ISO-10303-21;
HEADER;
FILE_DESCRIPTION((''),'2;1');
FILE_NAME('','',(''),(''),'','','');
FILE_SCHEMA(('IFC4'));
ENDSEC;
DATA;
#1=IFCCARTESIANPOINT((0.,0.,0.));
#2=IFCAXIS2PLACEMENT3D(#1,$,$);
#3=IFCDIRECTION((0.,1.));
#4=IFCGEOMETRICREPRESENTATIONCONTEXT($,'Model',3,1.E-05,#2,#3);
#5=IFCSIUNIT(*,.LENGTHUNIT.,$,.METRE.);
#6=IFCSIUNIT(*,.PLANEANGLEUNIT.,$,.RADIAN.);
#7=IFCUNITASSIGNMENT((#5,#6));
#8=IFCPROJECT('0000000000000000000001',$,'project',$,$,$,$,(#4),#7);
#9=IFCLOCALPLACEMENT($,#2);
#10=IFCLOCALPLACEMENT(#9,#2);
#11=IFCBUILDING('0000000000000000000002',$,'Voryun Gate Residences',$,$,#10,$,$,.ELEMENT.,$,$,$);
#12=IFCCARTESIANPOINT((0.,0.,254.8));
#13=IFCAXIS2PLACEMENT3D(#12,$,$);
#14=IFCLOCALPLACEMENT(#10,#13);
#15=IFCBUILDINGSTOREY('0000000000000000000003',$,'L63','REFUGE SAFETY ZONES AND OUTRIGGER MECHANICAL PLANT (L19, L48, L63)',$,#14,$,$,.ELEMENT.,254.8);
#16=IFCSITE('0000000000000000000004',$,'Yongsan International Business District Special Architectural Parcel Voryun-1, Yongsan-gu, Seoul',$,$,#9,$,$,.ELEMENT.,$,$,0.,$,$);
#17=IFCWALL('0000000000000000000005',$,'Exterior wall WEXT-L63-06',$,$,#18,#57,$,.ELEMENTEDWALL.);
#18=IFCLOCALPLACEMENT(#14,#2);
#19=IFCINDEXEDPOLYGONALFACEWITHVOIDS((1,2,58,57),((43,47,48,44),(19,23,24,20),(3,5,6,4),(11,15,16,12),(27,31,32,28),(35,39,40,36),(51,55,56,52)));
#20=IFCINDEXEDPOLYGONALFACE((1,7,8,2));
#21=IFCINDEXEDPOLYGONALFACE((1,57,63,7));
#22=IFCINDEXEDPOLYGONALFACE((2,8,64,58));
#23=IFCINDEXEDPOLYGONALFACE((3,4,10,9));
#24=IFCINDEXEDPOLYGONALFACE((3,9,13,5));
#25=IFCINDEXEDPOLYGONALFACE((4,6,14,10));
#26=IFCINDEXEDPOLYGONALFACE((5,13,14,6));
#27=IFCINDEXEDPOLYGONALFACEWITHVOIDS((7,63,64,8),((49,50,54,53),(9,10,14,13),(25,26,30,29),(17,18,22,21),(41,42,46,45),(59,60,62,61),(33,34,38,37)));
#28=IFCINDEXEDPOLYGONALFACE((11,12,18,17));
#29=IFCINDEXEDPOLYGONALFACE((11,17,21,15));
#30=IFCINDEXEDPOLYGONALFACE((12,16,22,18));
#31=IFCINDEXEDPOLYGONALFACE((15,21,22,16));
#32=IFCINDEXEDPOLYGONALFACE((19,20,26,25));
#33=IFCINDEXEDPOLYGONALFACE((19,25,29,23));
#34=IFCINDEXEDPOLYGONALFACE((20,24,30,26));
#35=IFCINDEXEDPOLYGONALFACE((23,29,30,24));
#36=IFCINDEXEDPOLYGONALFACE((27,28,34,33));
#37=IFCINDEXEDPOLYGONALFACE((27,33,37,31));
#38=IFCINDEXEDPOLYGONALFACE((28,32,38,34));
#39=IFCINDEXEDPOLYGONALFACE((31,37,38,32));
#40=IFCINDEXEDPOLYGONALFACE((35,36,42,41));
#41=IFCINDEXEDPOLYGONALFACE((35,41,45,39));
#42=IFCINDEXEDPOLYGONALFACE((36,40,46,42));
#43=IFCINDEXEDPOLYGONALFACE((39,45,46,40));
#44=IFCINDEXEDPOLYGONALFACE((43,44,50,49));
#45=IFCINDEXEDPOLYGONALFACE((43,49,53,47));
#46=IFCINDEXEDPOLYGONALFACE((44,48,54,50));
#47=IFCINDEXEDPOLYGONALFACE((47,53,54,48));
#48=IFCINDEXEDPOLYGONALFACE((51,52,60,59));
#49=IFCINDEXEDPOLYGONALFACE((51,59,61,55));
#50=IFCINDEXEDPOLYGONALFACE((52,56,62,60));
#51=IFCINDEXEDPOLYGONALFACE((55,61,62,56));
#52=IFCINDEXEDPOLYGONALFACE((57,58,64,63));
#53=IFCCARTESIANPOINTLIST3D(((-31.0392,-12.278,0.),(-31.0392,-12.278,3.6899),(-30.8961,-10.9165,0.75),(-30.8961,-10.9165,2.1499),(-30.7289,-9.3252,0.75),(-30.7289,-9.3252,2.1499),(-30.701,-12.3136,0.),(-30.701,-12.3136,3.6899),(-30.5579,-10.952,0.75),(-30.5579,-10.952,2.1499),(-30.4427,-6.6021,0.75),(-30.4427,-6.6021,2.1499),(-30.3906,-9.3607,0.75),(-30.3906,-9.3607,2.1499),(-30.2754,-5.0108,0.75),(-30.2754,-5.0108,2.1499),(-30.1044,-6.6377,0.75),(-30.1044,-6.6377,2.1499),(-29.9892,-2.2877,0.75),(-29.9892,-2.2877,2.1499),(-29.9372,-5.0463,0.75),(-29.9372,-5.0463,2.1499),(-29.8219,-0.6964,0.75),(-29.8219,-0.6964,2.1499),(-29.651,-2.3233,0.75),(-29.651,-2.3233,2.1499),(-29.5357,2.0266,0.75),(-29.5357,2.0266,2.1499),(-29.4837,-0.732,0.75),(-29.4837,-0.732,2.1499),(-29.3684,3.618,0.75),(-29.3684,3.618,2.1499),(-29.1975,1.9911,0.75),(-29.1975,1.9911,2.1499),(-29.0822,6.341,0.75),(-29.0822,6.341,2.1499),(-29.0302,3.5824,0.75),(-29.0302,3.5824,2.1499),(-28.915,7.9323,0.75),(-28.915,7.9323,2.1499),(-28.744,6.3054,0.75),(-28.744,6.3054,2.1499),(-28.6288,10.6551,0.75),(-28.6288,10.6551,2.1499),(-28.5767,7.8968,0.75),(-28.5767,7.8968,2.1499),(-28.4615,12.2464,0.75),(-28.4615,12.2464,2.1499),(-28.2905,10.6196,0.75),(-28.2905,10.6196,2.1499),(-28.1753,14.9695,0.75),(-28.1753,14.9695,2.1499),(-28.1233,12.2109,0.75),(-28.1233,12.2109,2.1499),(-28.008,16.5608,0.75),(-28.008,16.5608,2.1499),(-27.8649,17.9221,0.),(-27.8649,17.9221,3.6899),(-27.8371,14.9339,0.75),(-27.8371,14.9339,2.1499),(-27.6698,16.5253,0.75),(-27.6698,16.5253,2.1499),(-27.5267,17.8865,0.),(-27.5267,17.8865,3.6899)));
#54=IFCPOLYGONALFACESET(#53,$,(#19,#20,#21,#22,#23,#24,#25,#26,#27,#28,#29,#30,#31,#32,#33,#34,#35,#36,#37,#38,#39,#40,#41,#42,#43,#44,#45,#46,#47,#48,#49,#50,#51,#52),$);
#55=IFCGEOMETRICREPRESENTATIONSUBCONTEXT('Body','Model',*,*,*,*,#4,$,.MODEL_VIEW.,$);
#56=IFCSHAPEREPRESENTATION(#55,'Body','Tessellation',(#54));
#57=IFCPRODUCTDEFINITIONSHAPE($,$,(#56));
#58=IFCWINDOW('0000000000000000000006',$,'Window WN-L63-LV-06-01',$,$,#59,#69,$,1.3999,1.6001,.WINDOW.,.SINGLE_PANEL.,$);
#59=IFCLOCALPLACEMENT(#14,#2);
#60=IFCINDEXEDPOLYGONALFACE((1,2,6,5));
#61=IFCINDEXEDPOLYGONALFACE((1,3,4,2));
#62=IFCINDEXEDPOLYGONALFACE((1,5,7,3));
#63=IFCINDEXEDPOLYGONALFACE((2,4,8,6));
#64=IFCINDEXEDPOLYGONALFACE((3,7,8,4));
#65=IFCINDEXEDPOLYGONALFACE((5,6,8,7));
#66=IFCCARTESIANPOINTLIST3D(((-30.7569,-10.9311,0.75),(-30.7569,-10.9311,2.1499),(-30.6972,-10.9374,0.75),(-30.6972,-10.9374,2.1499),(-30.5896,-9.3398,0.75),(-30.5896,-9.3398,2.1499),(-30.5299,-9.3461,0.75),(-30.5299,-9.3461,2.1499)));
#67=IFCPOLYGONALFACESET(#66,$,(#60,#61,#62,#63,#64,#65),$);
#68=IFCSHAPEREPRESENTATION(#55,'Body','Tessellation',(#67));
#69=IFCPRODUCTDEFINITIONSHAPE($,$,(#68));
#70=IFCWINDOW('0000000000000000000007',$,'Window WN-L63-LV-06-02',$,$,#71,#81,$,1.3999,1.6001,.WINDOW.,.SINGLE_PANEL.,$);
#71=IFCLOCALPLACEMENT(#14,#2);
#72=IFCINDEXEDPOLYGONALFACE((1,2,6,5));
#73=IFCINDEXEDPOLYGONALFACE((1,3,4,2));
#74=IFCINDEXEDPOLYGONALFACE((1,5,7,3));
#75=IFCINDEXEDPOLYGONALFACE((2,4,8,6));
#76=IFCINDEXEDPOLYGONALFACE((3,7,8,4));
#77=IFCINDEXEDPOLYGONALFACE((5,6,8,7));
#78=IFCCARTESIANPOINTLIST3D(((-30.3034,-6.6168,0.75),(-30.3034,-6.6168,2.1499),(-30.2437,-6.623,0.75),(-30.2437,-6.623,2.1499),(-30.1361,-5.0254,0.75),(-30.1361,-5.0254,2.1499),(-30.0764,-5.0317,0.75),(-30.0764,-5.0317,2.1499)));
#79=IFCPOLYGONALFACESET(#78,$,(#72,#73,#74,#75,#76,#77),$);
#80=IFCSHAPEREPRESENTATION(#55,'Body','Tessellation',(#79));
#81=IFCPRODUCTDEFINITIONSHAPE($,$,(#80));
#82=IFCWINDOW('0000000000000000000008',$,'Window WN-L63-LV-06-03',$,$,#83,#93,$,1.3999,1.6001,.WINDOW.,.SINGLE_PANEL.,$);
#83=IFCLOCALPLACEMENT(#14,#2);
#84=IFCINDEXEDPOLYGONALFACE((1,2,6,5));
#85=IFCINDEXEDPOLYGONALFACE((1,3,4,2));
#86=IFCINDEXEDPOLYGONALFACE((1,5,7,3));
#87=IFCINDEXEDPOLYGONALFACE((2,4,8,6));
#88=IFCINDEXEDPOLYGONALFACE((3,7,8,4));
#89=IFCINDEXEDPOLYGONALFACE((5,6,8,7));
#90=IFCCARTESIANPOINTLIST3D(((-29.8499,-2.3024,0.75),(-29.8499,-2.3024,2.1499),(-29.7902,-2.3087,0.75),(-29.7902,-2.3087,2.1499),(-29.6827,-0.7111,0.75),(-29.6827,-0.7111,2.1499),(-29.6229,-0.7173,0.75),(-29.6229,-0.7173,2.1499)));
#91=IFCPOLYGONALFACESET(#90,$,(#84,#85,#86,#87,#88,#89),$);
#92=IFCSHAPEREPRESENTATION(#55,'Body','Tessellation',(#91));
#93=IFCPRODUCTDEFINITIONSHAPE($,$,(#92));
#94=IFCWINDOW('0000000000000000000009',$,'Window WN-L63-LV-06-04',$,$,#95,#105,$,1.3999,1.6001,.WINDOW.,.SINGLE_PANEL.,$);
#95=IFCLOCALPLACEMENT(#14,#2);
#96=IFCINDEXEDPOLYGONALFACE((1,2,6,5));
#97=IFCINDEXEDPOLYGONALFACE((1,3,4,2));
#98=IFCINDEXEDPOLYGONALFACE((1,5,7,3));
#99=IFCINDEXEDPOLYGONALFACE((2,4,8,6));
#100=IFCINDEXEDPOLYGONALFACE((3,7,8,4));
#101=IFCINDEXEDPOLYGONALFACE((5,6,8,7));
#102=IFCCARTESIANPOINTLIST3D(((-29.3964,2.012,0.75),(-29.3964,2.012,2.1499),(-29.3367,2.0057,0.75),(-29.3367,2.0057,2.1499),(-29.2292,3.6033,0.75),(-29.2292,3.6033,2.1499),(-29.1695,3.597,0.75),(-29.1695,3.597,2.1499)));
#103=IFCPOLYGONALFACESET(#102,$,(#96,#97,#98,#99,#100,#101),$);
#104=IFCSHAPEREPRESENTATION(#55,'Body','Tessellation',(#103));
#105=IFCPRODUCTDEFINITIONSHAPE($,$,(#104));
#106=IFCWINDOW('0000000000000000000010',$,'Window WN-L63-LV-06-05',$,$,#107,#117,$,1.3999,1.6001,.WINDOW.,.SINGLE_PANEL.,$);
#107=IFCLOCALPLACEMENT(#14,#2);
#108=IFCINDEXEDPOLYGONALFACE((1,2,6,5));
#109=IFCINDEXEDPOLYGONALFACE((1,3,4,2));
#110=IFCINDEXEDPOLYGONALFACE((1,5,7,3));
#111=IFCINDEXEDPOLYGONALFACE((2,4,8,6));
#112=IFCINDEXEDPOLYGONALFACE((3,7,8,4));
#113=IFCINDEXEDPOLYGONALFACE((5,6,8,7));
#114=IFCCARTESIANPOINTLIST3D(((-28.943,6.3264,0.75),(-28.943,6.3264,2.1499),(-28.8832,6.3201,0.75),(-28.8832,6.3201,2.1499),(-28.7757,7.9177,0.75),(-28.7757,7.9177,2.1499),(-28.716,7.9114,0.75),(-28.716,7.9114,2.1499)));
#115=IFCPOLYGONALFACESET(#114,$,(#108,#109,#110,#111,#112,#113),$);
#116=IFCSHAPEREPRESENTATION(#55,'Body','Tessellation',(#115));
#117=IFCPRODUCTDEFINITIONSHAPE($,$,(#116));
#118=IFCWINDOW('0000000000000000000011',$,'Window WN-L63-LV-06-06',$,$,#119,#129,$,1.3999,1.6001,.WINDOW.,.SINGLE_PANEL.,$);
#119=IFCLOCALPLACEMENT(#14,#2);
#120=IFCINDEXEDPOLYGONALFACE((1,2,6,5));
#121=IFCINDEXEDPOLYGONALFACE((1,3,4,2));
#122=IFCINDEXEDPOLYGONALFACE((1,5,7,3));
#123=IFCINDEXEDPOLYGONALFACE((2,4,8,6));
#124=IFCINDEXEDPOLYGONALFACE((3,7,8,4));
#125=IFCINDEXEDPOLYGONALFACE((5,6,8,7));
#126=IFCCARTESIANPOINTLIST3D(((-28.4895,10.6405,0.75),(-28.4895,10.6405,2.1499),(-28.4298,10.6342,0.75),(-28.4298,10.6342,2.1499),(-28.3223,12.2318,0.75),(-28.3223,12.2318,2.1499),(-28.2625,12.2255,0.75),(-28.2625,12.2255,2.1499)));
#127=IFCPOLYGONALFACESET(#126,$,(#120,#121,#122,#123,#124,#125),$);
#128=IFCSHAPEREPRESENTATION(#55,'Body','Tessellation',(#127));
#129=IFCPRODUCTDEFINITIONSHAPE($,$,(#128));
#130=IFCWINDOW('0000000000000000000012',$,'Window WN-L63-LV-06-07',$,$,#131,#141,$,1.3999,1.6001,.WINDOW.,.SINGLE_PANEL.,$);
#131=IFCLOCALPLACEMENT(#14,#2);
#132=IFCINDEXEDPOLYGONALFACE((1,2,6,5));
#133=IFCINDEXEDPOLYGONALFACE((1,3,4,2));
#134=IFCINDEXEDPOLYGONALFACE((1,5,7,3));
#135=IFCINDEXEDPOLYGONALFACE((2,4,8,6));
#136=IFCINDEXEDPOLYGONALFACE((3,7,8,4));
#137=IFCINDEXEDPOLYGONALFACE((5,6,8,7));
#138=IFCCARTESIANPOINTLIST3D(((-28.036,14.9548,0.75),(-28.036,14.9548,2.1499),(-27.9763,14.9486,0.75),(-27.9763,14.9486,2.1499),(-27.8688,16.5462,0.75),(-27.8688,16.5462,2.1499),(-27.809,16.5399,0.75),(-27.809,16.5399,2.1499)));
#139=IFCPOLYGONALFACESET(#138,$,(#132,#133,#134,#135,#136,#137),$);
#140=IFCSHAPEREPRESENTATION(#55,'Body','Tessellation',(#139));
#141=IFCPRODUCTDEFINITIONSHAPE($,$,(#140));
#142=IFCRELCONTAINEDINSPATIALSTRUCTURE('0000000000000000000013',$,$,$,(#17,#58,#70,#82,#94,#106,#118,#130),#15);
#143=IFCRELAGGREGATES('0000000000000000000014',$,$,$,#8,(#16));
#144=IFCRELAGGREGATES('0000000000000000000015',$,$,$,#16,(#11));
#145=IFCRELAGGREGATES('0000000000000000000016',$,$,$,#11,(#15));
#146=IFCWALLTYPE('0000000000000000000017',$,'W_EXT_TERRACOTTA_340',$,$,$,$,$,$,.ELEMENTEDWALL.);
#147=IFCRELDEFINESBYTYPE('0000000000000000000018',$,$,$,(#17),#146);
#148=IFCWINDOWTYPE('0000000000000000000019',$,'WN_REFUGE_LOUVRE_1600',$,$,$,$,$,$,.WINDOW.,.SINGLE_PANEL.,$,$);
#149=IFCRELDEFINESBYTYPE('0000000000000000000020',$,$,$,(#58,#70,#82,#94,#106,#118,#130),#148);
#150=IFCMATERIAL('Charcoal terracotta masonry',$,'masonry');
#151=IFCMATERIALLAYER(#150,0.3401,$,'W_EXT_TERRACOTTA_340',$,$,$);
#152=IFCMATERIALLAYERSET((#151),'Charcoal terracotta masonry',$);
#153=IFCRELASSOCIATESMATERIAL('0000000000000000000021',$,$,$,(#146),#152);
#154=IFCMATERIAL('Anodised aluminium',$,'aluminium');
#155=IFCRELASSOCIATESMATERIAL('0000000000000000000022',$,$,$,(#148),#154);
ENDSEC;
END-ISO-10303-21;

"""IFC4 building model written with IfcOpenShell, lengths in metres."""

from ifc_helpers import new_model, si_unit, direction, frame, frame_2d, origin, place, context, subcontext, project, spatial, rectangle, extrude, material, layer, layer_set, type_object, element, fill, save


model = new_model("IFC4")

# Units and contexts
model_context = context("Model", 3, precision=1e-05, world=origin(), true_north=direction((0.0, 1.0)))
body_context = subcontext(model_context, "Body", "Model", "MODEL_VIEW")
ifc_project = project(units=[si_unit("LENGTHUNIT", "METRE"), si_unit("PLANEANGLEUNIT", "RADIAN")], contexts=[model_context])

# Site, building, storey
site_placement = place(None, origin())
site = spatial("IfcSite", under=ifc_project, at=site_placement, Name="Yongsan International Business District Special Architectural Parcel Voryun-1, Yongsan-gu, Seoul", CompositionType="ELEMENT", RefElevation=0.0)
building_placement = place(site_placement, origin())
building = spatial("IfcBuilding", under=site, at=building_placement, Name="Voryun Gate Residences", CompositionType="ELEMENT")
storey_placement = place(building_placement, frame((0.0, 0.0, 254.8)))
storey = spatial("IfcBuildingStorey", under=building, at=storey_placement, Name="L63", Description="REFUGE SAFETY ZONES AND OUTRIGGER MECHANICAL PLANT (L19, L48, L63)", CompositionType="ELEMENT", Elevation=254.8)

# Shared definitions
ifc_material_1 = material(Name="Charcoal terracotta masonry", Category="masonry")
ifc_layer_1 = layer(ifc_material_1, 0.3401, Name="W_EXT_TERRACOTTA_340")
ifc_layer_set_1 = layer_set([ifc_layer_1], Name="Charcoal terracotta masonry")
wall_type_1 = type_object("IfcWallType", Name="W_EXT_TERRACOTTA_340", PredefinedType="ELEMENTEDWALL", material=ifc_layer_set_1)

# Wall, openings, windows
wall_1_placement = place(storey_placement, frame((-30.8701, -12.2957, 0.0), z_axis=(0.0, 0.0, 1.0), x_axis=(0.104533, 0.994521, 0.0)))
wall_1 = element("IfcWall", 1, at=wall_1_placement, inside=storey, type_object=wall_type_1, Name="Exterior wall WEXT-L63-06", PredefinedType="ELEMENTEDWALL", context=body_context, shape_type="SweptSolid", body=[
    extrude(rectangle(XDim=30.3665, YDim=0.3401, at=frame_2d((15.1831, 0.0))), origin(), (0.0, 0.0, 1.0), 3.6899),
])
opening_1_placement = place(wall_1_placement, frame((1.3689, 0.0, 0.75)))
opening_1 = element("IfcOpeningElement", 2, at=opening_1_placement, cuts=wall_1, PredefinedType="OPENING", context=body_context, shape_type="SweptSolid", body=[
    extrude(rectangle(XDim=1.6001, YDim=1.3999, at=frame_2d((0.8, 0.7))), frame((0.0, 0.1799, 0.0), z_axis=(0.0, -1.0, 0.0), x_axis=(1.0, 0.0, 0.0)), (0.0, 0.0, 1.0), 0.3601),
])
opening_2_placement = place(wall_1_placement, frame((5.707, 0.0, 0.75)))
opening_2 = element("IfcOpeningElement", 3, at=opening_2_placement, cuts=wall_1, PredefinedType="OPENING", context=body_context, shape_type="SweptSolid", body=[
    extrude(rectangle(XDim=1.6001, YDim=1.3999, at=frame_2d((0.8, 0.7))), frame((0.0, 0.1799, 0.0), z_axis=(0.0, -1.0, 0.0), x_axis=(1.0, 0.0, 0.0)), (0.0, 0.0, 1.0), 0.3601),
])
opening_3_placement = place(wall_1_placement, frame((10.0452, 0.0, 0.75)))
opening_3 = element("IfcOpeningElement", 4, at=opening_3_placement, cuts=wall_1, PredefinedType="OPENING", context=body_context, shape_type="SweptSolid", body=[
    extrude(rectangle(XDim=1.6001, YDim=1.3999, at=frame_2d((0.8, 0.7))), frame((0.0, 0.1799, 0.0), z_axis=(0.0, -1.0, 0.0), x_axis=(1.0, 0.0, 0.0)), (0.0, 0.0, 1.0), 0.3601),
])
opening_4_placement = place(wall_1_placement, frame((14.3833, 0.0, 0.75)))
opening_4 = element("IfcOpeningElement", 5, at=opening_4_placement, cuts=wall_1, PredefinedType="OPENING", context=body_context, shape_type="SweptSolid", body=[
    extrude(rectangle(XDim=1.6001, YDim=1.3999, at=frame_2d((0.8, 0.7))), frame((0.0, 0.1799, 0.0), z_axis=(0.0, -1.0, 0.0), x_axis=(1.0, 0.0, 0.0)), (0.0, 0.0, 1.0), 0.3601),
])
opening_5_placement = place(wall_1_placement, frame((18.7214, 0.0, 0.75)))
opening_5 = element("IfcOpeningElement", 6, at=opening_5_placement, cuts=wall_1, PredefinedType="OPENING", context=body_context, shape_type="SweptSolid", body=[
    extrude(rectangle(XDim=1.6001, YDim=1.3999, at=frame_2d((0.8, 0.7))), frame((0.0, 0.1799, 0.0), z_axis=(0.0, -1.0, 0.0), x_axis=(1.0, 0.0, 0.0)), (0.0, 0.0, 1.0), 0.3601),
])
opening_6_placement = place(wall_1_placement, frame((23.0593, 0.0, 0.75)))
opening_6 = element("IfcOpeningElement", 7, at=opening_6_placement, cuts=wall_1, PredefinedType="OPENING", context=body_context, shape_type="SweptSolid", body=[
    extrude(rectangle(XDim=1.6001, YDim=1.3999, at=frame_2d((0.8, 0.7))), frame((0.0, 0.1799, 0.0), z_axis=(0.0, -1.0, 0.0), x_axis=(1.0, 0.0, 0.0)), (0.0, 0.0, 1.0), 0.3601),
])
opening_7_placement = place(wall_1_placement, frame((27.3975, 0.0, 0.75)))
opening_7 = element("IfcOpeningElement", 8, at=opening_7_placement, cuts=wall_1, PredefinedType="OPENING", context=body_context, shape_type="SweptSolid", body=[
    extrude(rectangle(XDim=1.6001, YDim=1.3999, at=frame_2d((0.8, 0.7))), frame((0.0, 0.1799, 0.0), z_axis=(0.0, -1.0, 0.0), x_axis=(1.0, 0.0, 0.0)), (0.0, 0.0, 1.0), 0.3601),
])
ifc_material_2 = material(Name="Anodised aluminium", Category="aluminium")
window_type = type_object("IfcWindowType", Name="WN_REFUGE_LOUVRE_1600", PartitioningType="SINGLE_PANEL", PredefinedType="WINDOW", material=ifc_material_2)
window_1_placement = place(opening_1_placement, origin())
window_1 = element("IfcWindow", 9, at=window_1_placement, inside=storey, type_object=window_type, Name="Window WN-L63-LV-06-01", OverallHeight=1.3999, OverallWidth=1.6001, PartitioningType="SINGLE_PANEL", PredefinedType="WINDOW", context=body_context, shape_type="SweptSolid", body=[
    extrude(rectangle(XDim=1.6001, YDim=1.3999, at=frame_2d((0.8, 0.7))), frame((0.0, 0.03, 0.0), z_axis=(0.0, -1.0, 0.0), x_axis=(1.0, 0.0, 0.0)), (0.0, 0.0, 1.0), 0.0601),
])
fill(opening_1, window_1)
window_2_placement = place(opening_2_placement, origin())
window_2 = element("IfcWindow", 10, at=window_2_placement, inside=storey, type_object=window_type, Name="Window WN-L63-LV-06-02", OverallHeight=1.3999, OverallWidth=1.6001, PartitioningType="SINGLE_PANEL", PredefinedType="WINDOW", context=body_context, shape_type="SweptSolid", body=[
    extrude(rectangle(XDim=1.6001, YDim=1.3999, at=frame_2d((0.8, 0.7))), frame((0.0, 0.03, 0.0), z_axis=(0.0, -1.0, 0.0), x_axis=(1.0, 0.0, 0.0)), (0.0, 0.0, 1.0), 0.0601),
])
fill(opening_2, window_2)
window_3_placement = place(opening_3_placement, origin())
window_3 = element("IfcWindow", 11, at=window_3_placement, inside=storey, type_object=window_type, Name="Window WN-L63-LV-06-03", OverallHeight=1.3999, OverallWidth=1.6001, PartitioningType="SINGLE_PANEL", PredefinedType="WINDOW", context=body_context, shape_type="SweptSolid", body=[
    extrude(rectangle(XDim=1.6001, YDim=1.3999, at=frame_2d((0.8, 0.7))), frame((0.0, 0.03, 0.0), z_axis=(0.0, -1.0, 0.0), x_axis=(1.0, 0.0, 0.0)), (0.0, 0.0, 1.0), 0.0601),
])
fill(opening_3, window_3)
window_4_placement = place(opening_4_placement, origin())
window_4 = element("IfcWindow", 12, at=window_4_placement, inside=storey, type_object=window_type, Name="Window WN-L63-LV-06-04", OverallHeight=1.3999, OverallWidth=1.6001, PartitioningType="SINGLE_PANEL", PredefinedType="WINDOW", context=body_context, shape_type="SweptSolid", body=[
    extrude(rectangle(XDim=1.6001, YDim=1.3999, at=frame_2d((0.8, 0.7))), frame((0.0, 0.03, 0.0), z_axis=(0.0, -1.0, 0.0), x_axis=(1.0, 0.0, 0.0)), (0.0, 0.0, 1.0), 0.0601),
])
fill(opening_4, window_4)
window_5_placement = place(opening_5_placement, origin())
window_5 = element("IfcWindow", 13, at=window_5_placement, inside=storey, type_object=window_type, Name="Window WN-L63-LV-06-05", OverallHeight=1.3999, OverallWidth=1.6001, PartitioningType="SINGLE_PANEL", PredefinedType="WINDOW", context=body_context, shape_type="SweptSolid", body=[
    extrude(rectangle(XDim=1.6001, YDim=1.3999, at=frame_2d((0.8, 0.7))), frame((0.0, 0.03, 0.0), z_axis=(0.0, -1.0, 0.0), x_axis=(1.0, 0.0, 0.0)), (0.0, 0.0, 1.0), 0.0601),
])
fill(opening_5, window_5)
window_6_placement = place(opening_6_placement, origin())
window_6 = element("IfcWindow", 14, at=window_6_placement, inside=storey, type_object=window_type, Name="Window WN-L63-LV-06-06", OverallHeight=1.3999, OverallWidth=1.6001, PartitioningType="SINGLE_PANEL", PredefinedType="WINDOW", context=body_context, shape_type="SweptSolid", body=[
    extrude(rectangle(XDim=1.6001, YDim=1.3999, at=frame_2d((0.8, 0.7))), frame((0.0, 0.03, 0.0), z_axis=(0.0, -1.0, 0.0), x_axis=(1.0, 0.0, 0.0)), (0.0, 0.0, 1.0), 0.0601),
])
fill(opening_6, window_6)
window_7_placement = place(opening_7_placement, origin())
window_7 = element("IfcWindow", 15, at=window_7_placement, inside=storey, type_object=window_type, Name="Window WN-L63-LV-06-07", OverallHeight=1.3999, OverallWidth=1.6001, PartitioningType="SINGLE_PANEL", PredefinedType="WINDOW", context=body_context, shape_type="SweptSolid", body=[
    extrude(rectangle(XDim=1.6001, YDim=1.3999, at=frame_2d((0.8, 0.7))), frame((0.0, 0.03, 0.0), z_axis=(0.0, -1.0, 0.0), x_axis=(1.0, 0.0, 0.0)), (0.0, 0.0, 1.0), 0.0601),
])
fill(opening_7, window_7)

save(model, "model.ifc")
